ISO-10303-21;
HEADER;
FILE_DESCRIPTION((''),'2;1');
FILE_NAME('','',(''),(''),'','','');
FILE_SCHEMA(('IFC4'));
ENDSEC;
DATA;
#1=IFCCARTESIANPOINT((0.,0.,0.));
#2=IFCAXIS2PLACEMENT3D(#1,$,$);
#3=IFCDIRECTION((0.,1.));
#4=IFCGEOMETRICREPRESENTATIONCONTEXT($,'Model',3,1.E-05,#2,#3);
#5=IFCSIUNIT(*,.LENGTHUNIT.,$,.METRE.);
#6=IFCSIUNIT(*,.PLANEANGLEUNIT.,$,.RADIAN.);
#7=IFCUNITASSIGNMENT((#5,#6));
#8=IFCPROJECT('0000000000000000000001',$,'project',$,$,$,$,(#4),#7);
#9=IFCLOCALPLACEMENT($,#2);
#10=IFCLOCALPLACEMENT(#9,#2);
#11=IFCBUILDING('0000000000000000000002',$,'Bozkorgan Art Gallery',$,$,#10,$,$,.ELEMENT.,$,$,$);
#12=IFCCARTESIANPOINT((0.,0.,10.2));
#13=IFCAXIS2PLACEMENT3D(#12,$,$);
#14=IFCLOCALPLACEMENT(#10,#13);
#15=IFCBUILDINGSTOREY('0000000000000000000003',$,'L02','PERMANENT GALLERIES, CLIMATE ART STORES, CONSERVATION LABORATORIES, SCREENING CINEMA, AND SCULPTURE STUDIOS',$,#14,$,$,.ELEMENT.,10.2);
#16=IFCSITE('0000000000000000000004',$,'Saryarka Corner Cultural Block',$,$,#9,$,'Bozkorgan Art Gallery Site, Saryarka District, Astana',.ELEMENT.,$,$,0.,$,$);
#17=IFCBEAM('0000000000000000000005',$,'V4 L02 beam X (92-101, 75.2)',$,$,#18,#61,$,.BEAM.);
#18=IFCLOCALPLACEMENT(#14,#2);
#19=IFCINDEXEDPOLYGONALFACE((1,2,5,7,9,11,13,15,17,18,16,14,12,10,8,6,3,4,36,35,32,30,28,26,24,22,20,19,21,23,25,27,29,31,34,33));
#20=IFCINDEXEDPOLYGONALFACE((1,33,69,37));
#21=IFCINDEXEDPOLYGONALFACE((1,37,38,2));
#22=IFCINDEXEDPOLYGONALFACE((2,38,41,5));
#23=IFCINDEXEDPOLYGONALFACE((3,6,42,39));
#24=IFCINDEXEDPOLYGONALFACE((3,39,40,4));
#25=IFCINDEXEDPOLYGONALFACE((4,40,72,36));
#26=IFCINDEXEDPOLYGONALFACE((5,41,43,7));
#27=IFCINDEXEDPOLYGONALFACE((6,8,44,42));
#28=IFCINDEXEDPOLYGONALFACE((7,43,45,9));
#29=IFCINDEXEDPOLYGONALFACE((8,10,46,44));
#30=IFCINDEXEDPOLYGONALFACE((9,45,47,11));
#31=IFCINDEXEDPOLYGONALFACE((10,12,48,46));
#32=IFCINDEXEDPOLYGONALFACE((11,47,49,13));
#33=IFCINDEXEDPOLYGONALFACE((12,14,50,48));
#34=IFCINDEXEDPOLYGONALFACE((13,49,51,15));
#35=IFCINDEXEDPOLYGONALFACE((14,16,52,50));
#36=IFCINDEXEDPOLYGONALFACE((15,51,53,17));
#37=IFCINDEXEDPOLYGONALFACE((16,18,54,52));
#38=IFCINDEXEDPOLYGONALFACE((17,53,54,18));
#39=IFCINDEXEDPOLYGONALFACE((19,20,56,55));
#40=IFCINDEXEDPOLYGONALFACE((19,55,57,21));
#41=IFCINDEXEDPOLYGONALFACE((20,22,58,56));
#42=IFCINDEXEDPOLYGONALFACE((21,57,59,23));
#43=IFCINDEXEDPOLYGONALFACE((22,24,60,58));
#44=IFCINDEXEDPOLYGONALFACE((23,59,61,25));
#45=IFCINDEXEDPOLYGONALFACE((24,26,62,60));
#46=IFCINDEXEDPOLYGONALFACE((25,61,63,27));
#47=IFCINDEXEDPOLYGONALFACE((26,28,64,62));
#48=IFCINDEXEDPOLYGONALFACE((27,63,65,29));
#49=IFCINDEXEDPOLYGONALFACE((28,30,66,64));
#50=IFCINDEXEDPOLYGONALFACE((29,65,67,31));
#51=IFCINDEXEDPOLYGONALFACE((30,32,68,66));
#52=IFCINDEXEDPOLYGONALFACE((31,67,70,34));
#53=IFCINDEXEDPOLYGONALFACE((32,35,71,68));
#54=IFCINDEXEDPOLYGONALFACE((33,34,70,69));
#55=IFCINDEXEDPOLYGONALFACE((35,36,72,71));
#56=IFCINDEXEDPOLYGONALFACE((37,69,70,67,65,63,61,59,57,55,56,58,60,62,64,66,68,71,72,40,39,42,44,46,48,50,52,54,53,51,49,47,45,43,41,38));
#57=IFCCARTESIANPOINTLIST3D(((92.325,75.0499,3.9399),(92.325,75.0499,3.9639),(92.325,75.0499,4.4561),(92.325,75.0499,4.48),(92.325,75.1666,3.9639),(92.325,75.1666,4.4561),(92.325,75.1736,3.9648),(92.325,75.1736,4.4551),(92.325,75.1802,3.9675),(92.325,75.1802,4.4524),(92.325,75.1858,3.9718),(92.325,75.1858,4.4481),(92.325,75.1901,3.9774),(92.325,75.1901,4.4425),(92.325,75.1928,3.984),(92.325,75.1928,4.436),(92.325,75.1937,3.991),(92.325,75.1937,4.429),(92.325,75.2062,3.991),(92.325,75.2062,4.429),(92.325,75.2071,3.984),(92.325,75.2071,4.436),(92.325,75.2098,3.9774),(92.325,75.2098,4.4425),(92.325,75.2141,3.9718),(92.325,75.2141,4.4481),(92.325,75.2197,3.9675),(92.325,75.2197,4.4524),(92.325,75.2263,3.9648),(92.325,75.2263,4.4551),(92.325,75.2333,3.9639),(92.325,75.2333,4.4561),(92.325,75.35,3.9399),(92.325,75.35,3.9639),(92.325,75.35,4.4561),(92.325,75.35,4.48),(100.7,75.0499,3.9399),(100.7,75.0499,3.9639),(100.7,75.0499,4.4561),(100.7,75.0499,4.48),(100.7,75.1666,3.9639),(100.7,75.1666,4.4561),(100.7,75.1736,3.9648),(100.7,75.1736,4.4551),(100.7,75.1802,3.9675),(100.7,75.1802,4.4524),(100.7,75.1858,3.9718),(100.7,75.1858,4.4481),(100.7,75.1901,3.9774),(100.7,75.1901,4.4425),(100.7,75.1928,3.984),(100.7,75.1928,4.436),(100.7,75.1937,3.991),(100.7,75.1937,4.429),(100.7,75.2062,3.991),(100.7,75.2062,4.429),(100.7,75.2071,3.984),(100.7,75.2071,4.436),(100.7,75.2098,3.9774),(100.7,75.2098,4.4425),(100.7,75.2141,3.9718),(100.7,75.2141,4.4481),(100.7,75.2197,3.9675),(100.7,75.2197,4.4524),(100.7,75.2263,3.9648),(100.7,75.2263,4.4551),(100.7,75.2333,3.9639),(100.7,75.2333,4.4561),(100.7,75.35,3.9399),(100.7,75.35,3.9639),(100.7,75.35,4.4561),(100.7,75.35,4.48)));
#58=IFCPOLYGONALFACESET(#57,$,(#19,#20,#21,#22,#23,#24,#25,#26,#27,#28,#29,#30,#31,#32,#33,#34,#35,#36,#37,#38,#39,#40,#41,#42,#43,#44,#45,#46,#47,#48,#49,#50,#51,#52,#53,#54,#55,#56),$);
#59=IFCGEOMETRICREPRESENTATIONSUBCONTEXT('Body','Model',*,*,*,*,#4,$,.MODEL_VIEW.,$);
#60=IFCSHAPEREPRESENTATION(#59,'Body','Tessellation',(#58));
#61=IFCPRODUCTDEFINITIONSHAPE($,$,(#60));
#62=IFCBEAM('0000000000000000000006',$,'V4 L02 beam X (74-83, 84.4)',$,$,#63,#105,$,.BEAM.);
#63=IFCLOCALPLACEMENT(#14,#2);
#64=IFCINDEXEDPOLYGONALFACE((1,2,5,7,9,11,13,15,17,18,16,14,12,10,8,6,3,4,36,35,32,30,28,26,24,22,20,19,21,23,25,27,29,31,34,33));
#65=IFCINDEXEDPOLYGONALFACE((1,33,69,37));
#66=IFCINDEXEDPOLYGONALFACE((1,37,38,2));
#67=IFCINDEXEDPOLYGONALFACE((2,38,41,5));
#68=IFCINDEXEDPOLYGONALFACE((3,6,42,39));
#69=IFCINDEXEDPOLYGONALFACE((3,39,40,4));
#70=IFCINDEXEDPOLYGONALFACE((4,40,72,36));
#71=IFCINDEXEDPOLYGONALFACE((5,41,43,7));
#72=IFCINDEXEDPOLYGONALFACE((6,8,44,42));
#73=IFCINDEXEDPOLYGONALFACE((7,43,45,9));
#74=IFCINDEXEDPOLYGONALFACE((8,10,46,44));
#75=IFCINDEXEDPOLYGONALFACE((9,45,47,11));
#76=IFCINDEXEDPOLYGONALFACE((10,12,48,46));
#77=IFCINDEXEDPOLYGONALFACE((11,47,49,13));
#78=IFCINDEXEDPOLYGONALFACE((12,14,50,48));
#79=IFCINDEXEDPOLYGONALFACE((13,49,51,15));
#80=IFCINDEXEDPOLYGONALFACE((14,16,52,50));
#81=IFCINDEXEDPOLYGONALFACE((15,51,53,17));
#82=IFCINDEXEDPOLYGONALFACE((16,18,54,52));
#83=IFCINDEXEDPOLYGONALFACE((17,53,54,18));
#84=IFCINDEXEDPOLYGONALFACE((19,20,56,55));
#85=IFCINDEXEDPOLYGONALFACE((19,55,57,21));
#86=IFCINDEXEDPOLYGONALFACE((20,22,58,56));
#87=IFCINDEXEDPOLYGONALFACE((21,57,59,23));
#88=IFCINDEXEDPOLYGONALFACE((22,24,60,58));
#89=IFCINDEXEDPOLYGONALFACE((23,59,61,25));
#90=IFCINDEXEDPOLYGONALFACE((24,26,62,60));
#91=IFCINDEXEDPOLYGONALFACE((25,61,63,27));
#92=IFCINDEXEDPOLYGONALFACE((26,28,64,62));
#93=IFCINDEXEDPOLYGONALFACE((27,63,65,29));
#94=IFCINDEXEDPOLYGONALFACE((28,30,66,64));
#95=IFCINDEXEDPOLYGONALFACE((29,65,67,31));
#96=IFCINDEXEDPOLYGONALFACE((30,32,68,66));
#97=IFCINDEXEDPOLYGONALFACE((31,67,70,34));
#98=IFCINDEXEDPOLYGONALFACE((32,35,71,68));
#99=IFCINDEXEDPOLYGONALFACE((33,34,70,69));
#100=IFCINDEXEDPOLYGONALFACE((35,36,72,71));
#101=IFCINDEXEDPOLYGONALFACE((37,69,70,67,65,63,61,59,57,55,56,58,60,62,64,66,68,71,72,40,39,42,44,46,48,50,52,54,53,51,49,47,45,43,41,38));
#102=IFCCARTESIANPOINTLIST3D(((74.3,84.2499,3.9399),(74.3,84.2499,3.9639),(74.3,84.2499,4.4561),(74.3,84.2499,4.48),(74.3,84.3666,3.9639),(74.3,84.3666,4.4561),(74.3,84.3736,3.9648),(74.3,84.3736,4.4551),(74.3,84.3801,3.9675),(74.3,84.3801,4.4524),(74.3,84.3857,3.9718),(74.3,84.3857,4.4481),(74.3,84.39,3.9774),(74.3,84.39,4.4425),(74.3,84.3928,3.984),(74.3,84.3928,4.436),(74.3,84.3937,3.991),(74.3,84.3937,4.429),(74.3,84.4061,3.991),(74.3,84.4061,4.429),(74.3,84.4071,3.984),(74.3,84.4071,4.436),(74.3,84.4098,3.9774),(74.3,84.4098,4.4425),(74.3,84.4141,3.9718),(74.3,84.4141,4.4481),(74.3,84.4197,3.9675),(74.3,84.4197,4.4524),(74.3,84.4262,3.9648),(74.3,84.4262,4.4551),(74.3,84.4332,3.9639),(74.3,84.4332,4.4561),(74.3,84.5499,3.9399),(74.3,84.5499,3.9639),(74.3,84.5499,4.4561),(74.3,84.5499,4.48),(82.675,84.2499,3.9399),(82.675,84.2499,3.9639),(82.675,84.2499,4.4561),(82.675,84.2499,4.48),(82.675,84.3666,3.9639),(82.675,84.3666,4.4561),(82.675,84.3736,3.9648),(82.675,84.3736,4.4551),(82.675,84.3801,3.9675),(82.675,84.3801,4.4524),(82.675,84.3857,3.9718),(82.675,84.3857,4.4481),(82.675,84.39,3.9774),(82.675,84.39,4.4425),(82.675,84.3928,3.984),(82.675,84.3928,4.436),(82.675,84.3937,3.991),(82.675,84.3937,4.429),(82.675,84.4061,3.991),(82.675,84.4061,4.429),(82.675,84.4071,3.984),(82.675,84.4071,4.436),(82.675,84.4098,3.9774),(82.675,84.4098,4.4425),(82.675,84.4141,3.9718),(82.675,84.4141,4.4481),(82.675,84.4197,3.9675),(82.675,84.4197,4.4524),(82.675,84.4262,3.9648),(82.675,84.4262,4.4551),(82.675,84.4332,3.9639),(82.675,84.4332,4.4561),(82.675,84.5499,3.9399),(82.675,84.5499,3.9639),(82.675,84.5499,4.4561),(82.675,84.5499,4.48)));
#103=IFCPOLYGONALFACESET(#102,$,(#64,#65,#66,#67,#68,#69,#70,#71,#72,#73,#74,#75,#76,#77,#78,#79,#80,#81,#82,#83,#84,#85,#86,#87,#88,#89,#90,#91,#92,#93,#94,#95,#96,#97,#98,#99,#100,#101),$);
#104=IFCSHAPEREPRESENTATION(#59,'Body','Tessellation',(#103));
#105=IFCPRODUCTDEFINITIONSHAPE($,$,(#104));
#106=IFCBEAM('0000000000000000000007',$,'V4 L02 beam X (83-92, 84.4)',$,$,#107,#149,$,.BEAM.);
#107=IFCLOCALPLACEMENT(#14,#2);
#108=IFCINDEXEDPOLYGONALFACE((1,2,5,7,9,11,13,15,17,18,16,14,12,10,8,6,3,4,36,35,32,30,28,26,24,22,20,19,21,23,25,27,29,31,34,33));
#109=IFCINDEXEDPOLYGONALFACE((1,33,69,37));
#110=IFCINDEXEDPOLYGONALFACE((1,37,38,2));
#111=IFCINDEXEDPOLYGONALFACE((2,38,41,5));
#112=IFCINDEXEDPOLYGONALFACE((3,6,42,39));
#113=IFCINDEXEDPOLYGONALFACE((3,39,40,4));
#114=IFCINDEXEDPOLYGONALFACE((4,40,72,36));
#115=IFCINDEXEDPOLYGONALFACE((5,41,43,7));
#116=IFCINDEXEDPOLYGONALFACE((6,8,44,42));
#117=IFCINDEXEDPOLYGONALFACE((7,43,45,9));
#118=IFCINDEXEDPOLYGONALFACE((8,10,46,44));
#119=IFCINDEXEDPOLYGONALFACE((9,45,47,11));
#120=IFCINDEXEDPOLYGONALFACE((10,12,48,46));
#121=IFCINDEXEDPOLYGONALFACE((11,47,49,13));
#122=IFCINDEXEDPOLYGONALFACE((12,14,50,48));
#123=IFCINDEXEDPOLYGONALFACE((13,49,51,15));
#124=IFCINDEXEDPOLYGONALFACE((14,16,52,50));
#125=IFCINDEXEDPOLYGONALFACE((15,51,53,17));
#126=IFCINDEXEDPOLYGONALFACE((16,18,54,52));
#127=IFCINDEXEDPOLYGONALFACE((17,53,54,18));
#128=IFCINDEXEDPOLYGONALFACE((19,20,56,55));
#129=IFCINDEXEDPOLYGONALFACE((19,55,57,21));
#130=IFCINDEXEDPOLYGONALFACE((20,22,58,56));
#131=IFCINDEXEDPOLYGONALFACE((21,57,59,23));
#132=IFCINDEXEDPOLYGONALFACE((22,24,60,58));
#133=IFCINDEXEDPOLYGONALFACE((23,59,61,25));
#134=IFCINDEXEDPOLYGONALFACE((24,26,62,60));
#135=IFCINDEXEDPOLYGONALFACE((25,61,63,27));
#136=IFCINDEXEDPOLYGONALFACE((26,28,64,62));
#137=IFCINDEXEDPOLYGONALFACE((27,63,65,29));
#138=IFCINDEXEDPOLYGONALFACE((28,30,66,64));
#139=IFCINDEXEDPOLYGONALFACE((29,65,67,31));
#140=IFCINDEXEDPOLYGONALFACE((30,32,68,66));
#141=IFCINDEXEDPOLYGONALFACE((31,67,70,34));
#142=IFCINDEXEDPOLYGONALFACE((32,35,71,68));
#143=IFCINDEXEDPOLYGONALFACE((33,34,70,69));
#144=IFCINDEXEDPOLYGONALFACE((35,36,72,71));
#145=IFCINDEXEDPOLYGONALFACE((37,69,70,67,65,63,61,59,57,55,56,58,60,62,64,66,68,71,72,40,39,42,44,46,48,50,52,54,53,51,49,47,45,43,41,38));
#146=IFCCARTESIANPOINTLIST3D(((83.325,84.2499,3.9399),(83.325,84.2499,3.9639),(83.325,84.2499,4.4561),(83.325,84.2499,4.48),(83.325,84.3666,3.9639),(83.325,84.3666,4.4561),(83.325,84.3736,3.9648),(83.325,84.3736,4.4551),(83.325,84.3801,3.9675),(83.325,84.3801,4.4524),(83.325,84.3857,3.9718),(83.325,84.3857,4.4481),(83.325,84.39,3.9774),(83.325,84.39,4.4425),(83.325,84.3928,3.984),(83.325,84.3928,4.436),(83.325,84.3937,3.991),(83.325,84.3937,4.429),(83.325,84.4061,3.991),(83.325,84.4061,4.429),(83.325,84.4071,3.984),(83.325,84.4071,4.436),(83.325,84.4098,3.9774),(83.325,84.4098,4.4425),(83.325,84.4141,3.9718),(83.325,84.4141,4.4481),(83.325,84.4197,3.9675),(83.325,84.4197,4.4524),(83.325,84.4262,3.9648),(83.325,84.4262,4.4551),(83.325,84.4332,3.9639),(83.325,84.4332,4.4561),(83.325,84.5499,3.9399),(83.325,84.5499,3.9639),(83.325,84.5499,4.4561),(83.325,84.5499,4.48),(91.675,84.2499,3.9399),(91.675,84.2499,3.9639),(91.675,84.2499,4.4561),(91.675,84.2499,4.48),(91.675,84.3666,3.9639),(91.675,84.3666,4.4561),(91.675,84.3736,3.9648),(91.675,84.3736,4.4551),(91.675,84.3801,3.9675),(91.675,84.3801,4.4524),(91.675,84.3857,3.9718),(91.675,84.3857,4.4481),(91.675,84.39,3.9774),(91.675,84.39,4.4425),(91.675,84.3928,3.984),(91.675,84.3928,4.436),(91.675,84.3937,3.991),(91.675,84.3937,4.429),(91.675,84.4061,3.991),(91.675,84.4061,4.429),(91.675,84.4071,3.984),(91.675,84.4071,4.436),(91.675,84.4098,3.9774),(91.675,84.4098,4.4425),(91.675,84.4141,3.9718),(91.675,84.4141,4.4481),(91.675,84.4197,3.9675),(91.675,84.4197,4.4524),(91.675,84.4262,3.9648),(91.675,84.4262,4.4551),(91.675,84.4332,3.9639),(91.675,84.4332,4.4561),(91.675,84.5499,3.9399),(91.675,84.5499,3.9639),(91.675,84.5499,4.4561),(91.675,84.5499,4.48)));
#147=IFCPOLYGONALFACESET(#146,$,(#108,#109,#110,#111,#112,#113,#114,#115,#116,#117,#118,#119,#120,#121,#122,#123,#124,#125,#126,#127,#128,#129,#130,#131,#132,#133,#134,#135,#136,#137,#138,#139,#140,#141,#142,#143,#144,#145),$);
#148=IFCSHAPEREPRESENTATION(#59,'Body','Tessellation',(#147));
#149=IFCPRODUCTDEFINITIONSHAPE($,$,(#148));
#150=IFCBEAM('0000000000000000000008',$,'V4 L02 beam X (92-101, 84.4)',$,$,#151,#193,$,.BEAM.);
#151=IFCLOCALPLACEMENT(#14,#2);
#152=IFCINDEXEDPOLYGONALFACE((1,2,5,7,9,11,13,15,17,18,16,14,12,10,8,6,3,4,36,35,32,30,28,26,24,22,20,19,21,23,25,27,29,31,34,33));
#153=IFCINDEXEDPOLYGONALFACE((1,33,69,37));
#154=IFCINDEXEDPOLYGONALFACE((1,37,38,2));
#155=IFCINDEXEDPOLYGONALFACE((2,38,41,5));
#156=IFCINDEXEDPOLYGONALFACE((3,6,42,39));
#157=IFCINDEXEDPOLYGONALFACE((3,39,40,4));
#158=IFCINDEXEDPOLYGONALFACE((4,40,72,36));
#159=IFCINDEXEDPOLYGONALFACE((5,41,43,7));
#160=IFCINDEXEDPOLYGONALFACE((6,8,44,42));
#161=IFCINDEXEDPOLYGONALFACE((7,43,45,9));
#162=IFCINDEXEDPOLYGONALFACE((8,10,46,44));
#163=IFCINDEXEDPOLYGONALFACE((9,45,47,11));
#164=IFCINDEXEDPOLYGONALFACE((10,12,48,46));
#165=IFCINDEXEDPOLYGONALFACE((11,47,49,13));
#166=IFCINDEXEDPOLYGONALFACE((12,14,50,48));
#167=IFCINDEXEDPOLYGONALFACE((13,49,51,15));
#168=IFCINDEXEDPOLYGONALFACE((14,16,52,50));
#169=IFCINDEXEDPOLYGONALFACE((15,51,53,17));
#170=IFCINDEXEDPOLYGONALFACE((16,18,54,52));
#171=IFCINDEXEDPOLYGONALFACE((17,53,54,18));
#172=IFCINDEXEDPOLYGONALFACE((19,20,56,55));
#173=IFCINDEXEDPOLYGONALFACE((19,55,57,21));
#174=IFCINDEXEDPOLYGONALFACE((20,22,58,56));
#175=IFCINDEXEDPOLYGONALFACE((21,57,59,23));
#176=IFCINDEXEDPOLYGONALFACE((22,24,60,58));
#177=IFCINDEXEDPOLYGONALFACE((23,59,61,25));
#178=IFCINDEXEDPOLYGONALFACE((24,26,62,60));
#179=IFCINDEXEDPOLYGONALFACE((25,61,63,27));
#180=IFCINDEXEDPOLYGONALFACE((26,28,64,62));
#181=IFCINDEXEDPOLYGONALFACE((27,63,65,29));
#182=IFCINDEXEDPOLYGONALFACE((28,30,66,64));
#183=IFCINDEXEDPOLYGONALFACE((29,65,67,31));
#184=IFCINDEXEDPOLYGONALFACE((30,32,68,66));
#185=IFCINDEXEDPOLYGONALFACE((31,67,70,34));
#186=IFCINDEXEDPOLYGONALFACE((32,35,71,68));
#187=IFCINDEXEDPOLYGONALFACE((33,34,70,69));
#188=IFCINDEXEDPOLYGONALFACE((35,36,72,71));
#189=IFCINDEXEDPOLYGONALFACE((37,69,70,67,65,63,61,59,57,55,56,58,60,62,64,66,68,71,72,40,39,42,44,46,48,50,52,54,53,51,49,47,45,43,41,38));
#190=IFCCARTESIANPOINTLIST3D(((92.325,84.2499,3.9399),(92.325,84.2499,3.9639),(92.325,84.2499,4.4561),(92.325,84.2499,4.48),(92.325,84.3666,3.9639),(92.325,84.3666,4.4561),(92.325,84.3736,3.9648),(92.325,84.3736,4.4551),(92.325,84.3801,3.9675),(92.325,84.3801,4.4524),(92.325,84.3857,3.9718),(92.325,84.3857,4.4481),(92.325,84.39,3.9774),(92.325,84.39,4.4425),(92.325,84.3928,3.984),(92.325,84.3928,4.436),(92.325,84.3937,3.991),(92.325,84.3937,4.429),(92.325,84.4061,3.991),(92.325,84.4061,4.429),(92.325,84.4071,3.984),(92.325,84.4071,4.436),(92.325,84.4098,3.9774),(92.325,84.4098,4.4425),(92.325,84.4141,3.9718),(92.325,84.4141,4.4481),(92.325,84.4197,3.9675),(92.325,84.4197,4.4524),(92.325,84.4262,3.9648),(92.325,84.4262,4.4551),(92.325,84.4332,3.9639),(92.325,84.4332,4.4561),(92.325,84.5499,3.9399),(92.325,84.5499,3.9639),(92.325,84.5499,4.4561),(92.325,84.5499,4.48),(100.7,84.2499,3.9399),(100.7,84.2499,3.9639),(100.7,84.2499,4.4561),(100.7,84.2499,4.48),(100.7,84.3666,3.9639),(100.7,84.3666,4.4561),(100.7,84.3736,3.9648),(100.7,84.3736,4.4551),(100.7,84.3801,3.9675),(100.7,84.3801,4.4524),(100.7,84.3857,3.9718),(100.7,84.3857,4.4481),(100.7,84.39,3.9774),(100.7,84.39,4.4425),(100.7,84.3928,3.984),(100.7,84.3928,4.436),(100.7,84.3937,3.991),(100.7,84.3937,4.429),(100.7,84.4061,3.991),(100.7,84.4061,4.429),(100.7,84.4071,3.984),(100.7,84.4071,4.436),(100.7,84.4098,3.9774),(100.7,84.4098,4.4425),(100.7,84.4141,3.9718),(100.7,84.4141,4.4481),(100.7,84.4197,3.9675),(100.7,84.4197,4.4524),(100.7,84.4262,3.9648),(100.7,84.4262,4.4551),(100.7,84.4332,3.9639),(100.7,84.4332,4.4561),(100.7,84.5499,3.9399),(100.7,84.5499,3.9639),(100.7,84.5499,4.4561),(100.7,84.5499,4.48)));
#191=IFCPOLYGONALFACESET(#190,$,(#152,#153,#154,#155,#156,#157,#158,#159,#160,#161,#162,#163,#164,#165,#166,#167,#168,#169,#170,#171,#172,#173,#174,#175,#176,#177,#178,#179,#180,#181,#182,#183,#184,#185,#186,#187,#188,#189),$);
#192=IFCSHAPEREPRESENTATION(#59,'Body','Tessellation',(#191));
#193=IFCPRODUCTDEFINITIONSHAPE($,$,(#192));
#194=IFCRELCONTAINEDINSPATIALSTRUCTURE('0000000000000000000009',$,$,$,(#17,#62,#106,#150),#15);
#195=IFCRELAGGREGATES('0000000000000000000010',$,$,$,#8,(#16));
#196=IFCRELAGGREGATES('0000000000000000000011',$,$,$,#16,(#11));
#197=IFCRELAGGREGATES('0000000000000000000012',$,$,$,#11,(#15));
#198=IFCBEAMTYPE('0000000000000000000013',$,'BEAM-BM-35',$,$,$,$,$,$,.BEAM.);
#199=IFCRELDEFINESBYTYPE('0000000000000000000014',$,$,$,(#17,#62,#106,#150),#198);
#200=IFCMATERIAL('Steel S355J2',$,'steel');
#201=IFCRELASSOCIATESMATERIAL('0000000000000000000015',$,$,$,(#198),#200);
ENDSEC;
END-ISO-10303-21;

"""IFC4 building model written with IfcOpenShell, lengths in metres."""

from ifc_helpers import new_model, si_unit, direction, frame, origin, origin_2d, place, context, subcontext, project, spatial, i_section, extrude, material, material_profile, profile_set, type_object, element, save


model = new_model("IFC4")

# Units and contexts
model_context = context("Model", 3, precision=1e-05, world=origin(), true_north=direction((0.0, 1.0)))
body_context = subcontext(model_context, "Body", "Model", "MODEL_VIEW")
ifc_project = project(units=[si_unit("LENGTHUNIT", "METRE"), si_unit("PLANEANGLEUNIT", "RADIAN")], contexts=[model_context])

# Site, building, storey
site_placement = place(None, origin())
site = spatial("IfcSite", under=ifc_project, at=site_placement, Name="Saryarka Corner Cultural Block", LongName="Bozkorgan Art Gallery Site, Saryarka District, Astana", CompositionType="ELEMENT", RefElevation=0.0)
building_placement = place(site_placement, origin())
building = spatial("IfcBuilding", under=site, at=building_placement, Name="Bozkorgan Art Gallery", CompositionType="ELEMENT")
storey_placement = place(building_placement, frame((0.0, 0.0, 10.2)))
storey = spatial("IfcBuildingStorey", under=building, at=storey_placement, Name="L02", Description="PERMANENT GALLERIES, CLIMATE ART STORES, CONSERVATION LABORATORIES, SCREENING CINEMA, AND SCULPTURE STUDIOS", CompositionType="ELEMENT", Elevation=10.2)

# Beams
ifc_material_1 = material(Name="Steel S355J2", Category="steel")
ifc_material_profile_1 = material_profile(ifc_material_1, i_section(OverallWidth=0.3, OverallDepth=0.54, WebThickness=0.0125, FlangeThickness=0.0239, FilletRadius=0.0271, at=origin_2d()), Name="HEA 550")
ifc_profile_set_1 = profile_set([ifc_material_profile_1], Name="Steel S355J2")
beam_type_1 = type_object("IfcBeamType", Name="BEAM-BM-35", PredefinedType="BEAM", material=ifc_profile_set_1)
for number, where, z_axis, x_axis, name in (
    (1, (92.325, 75.2, 4.21), (1.0, 0.0, 0.0), (0.0, 1.0, 0.0), "V4 L02 beam X (92-101, 75.2)"),
    (2, (74.3, 84.3999, 4.21), (1.0, 0.0, 0.0), (0.0, 1.0, 0.0), "V4 L02 beam X (74-83, 84.4)"),
):
    element("IfcBeam", number, at=place(storey_placement, frame(where, z_axis=z_axis, x_axis=x_axis)), inside=storey, type_object=beam_type_1, Name=name, PredefinedType="BEAM", context=body_context, shape_type="SweptSolid", body=[
        extrude(i_section(OverallWidth=0.3, OverallDepth=0.54, WebThickness=0.0125, FlangeThickness=0.0239, FilletRadius=0.0271, at=origin_2d()), origin(), (0.0, 0.0, 1.0), 8.375),
    ])
beam_1_placement = place(storey_placement, frame((83.325, 84.3999, 4.21), z_axis=(1.0, 0.0, 0.0), x_axis=(0.0, 1.0, 0.0)))
element("IfcBeam", 3, at=beam_1_placement, inside=storey, type_object=beam_type_1, Name="V4 L02 beam X (83-92, 84.4)", PredefinedType="BEAM", context=body_context, shape_type="SweptSolid", body=[
    extrude(i_section(OverallWidth=0.3, OverallDepth=0.54, WebThickness=0.0125, FlangeThickness=0.0239, FilletRadius=0.0271, at=origin_2d()), origin(), (0.0, 0.0, 1.0), 8.3501),
])
beam_2_placement = place(storey_placement, frame((92.325, 84.3999, 4.21), z_axis=(1.0, 0.0, 0.0), x_axis=(0.0, 1.0, 0.0)))
element("IfcBeam", 4, at=beam_2_placement, inside=storey, type_object=beam_type_1, Name="V4 L02 beam X (92-101, 84.4)", PredefinedType="BEAM", context=body_context, shape_type="SweptSolid", body=[
    extrude(i_section(OverallWidth=0.3, OverallDepth=0.54, WebThickness=0.0125, FlangeThickness=0.0239, FilletRadius=0.0271, at=origin_2d()), origin(), (0.0, 0.0, 1.0), 8.375),
])

save(model, "model.ifc")
